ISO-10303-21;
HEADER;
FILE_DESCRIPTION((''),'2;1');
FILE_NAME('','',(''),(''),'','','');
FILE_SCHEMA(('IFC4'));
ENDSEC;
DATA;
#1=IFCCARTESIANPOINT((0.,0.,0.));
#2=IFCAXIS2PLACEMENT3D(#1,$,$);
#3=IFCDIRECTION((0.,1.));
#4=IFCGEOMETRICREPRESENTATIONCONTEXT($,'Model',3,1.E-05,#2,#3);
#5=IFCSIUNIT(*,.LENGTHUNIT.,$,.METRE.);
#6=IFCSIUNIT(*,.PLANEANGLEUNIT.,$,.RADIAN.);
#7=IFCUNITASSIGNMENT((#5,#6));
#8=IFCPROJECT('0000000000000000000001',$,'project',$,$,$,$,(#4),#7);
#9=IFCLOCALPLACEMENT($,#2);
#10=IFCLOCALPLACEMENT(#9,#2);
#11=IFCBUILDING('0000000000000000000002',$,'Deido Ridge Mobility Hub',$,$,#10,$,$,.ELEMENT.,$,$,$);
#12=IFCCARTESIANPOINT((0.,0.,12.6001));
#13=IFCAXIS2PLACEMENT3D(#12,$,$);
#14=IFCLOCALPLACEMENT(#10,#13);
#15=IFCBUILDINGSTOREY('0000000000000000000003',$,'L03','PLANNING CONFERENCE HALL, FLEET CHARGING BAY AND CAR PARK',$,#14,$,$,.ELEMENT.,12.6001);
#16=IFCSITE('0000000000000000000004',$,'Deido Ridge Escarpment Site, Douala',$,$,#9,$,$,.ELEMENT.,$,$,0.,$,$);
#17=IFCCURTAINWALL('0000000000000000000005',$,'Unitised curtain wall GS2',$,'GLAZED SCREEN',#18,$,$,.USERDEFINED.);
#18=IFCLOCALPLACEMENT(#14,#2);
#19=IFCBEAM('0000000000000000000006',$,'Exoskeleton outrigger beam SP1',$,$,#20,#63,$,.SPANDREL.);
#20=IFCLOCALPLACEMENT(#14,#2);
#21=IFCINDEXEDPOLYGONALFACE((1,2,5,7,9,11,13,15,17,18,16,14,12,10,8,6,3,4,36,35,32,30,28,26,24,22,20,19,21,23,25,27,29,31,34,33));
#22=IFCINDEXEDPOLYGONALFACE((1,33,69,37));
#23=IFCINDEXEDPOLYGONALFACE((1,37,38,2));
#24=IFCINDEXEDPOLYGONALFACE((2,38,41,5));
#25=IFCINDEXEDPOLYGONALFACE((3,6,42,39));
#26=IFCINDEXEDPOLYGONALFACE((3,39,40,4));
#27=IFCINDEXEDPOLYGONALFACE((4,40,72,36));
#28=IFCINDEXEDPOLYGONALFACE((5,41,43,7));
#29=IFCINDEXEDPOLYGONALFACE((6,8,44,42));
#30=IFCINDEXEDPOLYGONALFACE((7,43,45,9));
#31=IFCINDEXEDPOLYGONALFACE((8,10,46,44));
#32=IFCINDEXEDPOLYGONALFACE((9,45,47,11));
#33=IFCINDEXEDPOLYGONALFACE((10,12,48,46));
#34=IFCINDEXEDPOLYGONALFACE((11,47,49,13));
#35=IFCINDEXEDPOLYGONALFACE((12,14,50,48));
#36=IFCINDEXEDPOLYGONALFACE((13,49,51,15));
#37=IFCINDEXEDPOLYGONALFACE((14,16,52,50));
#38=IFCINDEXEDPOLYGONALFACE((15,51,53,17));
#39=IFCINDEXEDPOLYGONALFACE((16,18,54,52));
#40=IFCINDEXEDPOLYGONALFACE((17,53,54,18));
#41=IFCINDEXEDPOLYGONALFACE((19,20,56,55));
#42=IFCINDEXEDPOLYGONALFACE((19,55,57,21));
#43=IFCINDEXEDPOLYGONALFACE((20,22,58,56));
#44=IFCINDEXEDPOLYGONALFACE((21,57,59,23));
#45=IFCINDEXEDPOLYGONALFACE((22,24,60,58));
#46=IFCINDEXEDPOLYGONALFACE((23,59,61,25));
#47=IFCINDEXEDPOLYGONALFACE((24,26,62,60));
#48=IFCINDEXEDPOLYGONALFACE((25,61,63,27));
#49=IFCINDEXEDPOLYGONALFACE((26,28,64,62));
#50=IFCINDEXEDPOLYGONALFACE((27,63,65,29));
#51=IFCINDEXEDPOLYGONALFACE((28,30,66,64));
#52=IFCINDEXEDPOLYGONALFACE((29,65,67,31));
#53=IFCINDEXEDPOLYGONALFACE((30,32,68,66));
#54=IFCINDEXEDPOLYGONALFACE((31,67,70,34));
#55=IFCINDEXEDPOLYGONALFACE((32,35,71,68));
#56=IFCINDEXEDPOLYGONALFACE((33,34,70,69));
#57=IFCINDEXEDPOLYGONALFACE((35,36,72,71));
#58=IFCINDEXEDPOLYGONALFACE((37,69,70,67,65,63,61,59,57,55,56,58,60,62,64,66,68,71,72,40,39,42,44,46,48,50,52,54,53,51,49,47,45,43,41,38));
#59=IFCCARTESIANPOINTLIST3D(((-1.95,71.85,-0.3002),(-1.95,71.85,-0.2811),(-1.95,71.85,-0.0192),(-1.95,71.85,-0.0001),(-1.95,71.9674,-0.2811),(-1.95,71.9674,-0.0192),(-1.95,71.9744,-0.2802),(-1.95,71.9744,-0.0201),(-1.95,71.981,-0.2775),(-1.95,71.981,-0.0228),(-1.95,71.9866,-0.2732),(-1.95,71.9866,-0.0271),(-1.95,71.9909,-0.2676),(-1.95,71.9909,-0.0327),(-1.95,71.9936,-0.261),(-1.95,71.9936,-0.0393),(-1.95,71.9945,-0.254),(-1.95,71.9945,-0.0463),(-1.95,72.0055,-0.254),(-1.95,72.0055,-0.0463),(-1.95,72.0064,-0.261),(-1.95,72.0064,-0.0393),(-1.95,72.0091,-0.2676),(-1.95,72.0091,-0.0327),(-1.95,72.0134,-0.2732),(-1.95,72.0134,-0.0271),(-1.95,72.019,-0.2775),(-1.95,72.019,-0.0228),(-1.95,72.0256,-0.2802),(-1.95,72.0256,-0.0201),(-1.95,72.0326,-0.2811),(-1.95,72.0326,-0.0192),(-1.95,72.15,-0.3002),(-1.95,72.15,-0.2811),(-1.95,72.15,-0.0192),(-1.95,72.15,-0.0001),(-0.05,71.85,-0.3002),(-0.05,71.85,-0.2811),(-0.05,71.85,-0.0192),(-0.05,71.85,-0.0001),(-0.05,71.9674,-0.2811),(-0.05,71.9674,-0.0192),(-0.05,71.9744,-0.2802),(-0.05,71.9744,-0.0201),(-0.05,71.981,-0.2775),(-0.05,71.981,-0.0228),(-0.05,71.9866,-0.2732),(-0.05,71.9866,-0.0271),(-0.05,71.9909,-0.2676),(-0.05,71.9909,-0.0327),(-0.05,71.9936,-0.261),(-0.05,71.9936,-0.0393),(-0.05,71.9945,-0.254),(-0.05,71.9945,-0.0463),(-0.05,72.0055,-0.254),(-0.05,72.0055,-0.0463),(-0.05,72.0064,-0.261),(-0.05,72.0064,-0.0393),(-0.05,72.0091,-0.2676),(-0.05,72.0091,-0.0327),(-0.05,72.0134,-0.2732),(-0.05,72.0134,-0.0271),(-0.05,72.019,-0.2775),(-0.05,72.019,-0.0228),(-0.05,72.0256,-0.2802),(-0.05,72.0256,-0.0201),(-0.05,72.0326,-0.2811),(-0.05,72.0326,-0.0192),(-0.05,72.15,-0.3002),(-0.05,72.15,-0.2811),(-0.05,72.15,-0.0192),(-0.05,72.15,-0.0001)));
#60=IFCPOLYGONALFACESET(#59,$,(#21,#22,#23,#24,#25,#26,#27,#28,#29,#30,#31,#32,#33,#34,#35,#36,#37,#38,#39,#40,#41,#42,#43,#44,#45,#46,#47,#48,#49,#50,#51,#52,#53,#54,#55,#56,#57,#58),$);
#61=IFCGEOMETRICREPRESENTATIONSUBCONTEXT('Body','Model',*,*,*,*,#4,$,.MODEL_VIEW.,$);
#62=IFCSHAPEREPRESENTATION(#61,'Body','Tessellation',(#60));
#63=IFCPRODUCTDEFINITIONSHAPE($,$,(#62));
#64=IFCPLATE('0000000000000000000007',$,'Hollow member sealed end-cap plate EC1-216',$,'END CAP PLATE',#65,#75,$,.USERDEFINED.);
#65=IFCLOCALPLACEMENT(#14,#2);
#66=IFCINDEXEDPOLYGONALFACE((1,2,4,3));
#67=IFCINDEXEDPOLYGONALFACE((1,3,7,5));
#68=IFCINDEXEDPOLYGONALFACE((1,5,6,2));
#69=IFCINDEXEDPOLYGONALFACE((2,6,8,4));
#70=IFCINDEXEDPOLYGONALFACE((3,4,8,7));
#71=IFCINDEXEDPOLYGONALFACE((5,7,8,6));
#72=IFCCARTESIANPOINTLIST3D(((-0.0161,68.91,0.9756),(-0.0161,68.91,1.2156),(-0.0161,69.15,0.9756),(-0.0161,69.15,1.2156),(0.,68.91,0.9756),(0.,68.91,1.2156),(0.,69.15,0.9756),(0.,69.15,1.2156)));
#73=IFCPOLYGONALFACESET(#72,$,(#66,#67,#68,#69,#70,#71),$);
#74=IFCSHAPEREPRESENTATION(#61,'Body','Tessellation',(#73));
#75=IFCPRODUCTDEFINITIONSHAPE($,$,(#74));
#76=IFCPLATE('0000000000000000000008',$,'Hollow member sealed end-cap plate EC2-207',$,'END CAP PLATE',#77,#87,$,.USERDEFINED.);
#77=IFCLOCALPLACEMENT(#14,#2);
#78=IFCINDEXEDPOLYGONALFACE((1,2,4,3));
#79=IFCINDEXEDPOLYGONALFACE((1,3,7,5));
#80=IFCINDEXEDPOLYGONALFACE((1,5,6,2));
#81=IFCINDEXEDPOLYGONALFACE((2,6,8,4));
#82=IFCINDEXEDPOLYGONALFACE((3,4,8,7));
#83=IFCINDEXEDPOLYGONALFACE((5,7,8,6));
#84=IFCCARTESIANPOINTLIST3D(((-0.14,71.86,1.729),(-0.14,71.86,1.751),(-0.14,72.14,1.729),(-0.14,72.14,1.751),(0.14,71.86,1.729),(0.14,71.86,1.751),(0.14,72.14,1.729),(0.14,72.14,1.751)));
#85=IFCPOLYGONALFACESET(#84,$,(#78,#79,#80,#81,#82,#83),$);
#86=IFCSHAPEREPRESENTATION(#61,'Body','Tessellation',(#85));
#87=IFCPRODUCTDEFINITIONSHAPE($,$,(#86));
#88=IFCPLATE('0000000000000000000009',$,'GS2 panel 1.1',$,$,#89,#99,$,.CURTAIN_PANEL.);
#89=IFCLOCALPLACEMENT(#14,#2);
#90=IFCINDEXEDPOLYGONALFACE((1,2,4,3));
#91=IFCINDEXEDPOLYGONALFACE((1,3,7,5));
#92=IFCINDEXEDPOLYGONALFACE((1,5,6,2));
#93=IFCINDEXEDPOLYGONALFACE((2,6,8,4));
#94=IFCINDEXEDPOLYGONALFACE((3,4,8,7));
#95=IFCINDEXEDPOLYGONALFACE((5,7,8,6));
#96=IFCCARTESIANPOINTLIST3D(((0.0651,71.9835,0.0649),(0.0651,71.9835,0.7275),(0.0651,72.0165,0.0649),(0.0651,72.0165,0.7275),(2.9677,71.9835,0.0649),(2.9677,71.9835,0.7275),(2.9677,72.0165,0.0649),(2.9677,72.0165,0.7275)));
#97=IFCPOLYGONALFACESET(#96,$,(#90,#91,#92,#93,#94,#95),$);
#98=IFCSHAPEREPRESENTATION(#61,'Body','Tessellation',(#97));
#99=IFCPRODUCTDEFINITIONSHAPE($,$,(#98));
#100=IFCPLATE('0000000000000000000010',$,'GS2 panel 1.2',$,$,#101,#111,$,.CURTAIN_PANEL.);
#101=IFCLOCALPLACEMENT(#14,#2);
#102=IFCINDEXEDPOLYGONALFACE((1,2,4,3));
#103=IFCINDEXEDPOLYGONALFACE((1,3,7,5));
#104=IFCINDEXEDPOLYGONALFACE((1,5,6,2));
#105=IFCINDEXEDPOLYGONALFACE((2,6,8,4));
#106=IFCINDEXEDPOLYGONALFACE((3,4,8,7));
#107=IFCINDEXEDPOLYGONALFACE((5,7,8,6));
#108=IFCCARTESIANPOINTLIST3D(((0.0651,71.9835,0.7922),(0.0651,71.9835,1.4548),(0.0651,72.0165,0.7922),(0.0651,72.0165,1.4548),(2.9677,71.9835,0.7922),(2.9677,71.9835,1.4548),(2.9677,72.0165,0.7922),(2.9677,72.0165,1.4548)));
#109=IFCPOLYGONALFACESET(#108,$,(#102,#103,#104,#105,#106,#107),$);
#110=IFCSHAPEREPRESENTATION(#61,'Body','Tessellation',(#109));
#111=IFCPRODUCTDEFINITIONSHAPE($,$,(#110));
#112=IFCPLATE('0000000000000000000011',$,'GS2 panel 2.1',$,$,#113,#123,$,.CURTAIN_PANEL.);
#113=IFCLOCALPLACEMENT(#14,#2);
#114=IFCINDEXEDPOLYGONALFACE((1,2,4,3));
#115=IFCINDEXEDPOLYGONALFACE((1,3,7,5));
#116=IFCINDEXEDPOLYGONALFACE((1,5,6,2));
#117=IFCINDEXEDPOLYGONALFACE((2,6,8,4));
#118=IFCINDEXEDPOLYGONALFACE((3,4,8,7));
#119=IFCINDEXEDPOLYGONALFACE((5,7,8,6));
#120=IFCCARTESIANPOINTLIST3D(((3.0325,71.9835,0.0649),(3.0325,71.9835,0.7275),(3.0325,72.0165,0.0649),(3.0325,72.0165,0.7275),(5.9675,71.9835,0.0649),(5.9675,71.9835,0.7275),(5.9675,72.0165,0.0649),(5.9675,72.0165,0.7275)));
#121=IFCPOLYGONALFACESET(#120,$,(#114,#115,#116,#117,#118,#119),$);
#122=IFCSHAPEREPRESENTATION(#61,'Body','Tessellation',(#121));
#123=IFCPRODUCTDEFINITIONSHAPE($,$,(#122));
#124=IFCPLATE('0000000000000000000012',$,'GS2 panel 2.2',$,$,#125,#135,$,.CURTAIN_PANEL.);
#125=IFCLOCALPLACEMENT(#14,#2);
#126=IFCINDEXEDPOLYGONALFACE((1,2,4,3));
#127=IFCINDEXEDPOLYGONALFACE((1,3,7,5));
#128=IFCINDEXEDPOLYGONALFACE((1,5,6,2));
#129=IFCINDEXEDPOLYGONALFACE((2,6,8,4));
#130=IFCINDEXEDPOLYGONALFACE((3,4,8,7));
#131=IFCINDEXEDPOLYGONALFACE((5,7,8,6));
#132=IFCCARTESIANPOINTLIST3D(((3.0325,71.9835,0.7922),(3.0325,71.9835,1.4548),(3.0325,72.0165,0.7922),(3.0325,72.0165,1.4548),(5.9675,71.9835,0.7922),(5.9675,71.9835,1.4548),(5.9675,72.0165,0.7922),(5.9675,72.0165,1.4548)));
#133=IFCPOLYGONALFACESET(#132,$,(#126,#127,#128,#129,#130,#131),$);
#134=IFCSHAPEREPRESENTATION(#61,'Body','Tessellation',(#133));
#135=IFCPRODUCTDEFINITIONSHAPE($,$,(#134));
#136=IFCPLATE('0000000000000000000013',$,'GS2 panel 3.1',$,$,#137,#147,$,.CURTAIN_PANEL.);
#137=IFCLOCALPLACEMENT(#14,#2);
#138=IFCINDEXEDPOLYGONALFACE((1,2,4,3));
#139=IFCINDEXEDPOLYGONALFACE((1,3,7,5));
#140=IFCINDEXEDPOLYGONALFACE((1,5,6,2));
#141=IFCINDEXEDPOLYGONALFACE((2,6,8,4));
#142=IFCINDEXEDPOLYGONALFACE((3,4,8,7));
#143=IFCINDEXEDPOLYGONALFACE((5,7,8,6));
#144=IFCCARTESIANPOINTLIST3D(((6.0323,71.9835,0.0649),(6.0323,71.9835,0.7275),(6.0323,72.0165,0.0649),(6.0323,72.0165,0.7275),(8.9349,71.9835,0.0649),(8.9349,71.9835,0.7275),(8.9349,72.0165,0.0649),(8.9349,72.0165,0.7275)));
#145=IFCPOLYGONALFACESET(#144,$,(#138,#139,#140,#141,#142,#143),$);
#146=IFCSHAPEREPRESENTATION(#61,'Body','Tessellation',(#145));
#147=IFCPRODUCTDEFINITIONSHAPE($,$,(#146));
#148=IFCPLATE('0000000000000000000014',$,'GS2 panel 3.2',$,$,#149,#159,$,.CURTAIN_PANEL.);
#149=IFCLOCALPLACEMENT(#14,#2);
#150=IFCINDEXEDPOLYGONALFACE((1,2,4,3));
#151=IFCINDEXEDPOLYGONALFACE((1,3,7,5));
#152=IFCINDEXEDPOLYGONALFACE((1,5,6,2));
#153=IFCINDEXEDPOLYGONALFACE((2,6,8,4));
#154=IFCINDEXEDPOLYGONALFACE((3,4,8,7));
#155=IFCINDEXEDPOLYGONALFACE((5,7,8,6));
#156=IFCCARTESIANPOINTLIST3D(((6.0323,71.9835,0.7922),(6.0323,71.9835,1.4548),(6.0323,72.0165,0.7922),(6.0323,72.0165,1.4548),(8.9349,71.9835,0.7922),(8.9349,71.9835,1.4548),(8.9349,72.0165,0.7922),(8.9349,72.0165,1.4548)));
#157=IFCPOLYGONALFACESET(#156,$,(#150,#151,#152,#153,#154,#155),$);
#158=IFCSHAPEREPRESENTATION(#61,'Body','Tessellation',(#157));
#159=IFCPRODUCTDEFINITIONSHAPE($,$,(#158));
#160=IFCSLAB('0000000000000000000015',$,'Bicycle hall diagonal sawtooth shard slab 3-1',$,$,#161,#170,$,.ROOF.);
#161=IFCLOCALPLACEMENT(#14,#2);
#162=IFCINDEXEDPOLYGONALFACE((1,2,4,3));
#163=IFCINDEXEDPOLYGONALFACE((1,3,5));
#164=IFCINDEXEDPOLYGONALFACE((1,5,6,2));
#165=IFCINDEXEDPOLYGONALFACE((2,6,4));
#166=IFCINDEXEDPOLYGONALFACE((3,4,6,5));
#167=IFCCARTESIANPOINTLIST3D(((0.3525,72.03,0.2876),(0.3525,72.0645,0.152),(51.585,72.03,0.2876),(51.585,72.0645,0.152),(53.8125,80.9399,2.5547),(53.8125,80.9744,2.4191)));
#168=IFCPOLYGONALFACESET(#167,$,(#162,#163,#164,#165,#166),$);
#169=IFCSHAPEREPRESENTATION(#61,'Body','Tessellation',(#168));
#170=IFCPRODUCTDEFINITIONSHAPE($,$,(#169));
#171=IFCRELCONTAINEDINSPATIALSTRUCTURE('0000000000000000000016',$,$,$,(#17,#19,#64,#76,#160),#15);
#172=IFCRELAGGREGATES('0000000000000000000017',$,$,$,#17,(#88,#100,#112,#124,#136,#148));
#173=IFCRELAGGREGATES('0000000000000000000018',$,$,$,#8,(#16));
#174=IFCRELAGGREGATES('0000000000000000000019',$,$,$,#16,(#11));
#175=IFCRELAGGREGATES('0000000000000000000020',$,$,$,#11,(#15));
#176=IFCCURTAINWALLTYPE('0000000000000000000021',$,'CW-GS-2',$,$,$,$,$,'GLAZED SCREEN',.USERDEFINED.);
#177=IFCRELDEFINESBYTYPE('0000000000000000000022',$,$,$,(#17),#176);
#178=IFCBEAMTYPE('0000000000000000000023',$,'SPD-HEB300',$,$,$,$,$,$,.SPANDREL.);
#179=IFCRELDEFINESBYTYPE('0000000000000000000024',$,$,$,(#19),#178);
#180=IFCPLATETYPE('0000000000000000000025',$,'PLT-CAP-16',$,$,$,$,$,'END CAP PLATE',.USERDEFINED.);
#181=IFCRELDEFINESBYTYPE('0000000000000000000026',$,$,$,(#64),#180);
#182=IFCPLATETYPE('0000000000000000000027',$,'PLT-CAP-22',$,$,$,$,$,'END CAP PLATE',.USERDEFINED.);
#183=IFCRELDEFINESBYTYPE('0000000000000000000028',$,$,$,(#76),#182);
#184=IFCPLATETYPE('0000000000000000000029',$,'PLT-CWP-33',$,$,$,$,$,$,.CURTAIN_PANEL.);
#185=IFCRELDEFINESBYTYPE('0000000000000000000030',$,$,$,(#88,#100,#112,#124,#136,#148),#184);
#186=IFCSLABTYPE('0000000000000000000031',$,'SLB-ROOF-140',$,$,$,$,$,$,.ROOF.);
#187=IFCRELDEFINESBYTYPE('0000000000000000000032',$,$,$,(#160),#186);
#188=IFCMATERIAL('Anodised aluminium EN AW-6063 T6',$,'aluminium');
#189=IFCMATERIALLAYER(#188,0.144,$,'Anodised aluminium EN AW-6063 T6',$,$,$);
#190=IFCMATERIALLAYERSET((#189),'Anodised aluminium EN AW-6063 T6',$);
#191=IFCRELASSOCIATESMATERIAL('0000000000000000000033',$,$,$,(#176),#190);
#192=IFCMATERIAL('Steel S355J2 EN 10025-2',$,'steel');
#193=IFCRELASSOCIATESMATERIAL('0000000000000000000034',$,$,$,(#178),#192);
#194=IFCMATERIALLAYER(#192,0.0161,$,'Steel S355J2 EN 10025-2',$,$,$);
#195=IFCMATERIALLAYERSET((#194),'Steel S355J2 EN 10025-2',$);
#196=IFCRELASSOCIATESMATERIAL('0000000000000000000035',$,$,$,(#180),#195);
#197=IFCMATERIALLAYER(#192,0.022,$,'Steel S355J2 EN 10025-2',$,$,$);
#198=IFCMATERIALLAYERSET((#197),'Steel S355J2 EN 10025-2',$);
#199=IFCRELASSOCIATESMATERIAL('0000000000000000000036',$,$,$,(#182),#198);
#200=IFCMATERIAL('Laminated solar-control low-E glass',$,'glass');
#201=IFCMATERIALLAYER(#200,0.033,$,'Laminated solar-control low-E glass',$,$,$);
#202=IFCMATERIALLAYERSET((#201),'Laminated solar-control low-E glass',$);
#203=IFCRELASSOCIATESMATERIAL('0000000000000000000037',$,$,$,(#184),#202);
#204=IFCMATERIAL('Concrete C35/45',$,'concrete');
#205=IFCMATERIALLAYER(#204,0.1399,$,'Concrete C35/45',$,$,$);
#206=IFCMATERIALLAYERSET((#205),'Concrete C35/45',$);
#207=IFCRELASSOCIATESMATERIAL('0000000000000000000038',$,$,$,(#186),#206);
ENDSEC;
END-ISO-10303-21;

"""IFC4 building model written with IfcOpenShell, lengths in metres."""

from ifc_helpers import new_model, si_unit, direction, frame, origin, origin_2d, place, context, subcontext, project, spatial, polyline, rectangle, i_section, outline, extrude, material, layer, layer_set, material_profile, profile_set, type_object, element, aggregate, save


model = new_model("IFC4")

# Units and contexts
model_context = context("Model", 3, precision=1e-05, world=origin(), true_north=direction((0.0, 1.0)))
body_context = subcontext(model_context, "Body", "Model", "MODEL_VIEW")
ifc_project = project(units=[si_unit("LENGTHUNIT", "METRE"), si_unit("PLANEANGLEUNIT", "RADIAN")], contexts=[model_context])

# Site, building, storey
site_placement = place(None, origin())
site = spatial("IfcSite", under=ifc_project, at=site_placement, Name="Deido Ridge Escarpment Site, Douala", CompositionType="ELEMENT", RefElevation=0.0)
building_placement = place(site_placement, origin())
building = spatial("IfcBuilding", under=site, at=building_placement, Name="Deido Ridge Mobility Hub", CompositionType="ELEMENT")
storey_placement = place(building_placement, frame((0.0, 0.0, 12.6001)))
storey = spatial("IfcBuildingStorey", under=building, at=storey_placement, Name="L03", Description="PLANNING CONFERENCE HALL, FLEET CHARGING BAY AND CAR PARK", CompositionType="ELEMENT", Elevation=12.6001)

# Curtain wall
ifc_material_1 = material(Name="Anodised aluminium EN AW-6063 T6", Category="aluminium")
ifc_layer_1 = layer(ifc_material_1, 0.144, Name="Anodised aluminium EN AW-6063 T6")
ifc_layer_set_1 = layer_set([ifc_layer_1], Name="Anodised aluminium EN AW-6063 T6")
curtain_wall_type = type_object("IfcCurtainWallType", Name="CW-GS-2", ElementType="GLAZED SCREEN", PredefinedType="USERDEFINED", material=ifc_layer_set_1)
curtain_wall_placement = place(storey_placement, origin())
curtain_wall = element("IfcCurtainWall", 1, at=curtain_wall_placement, inside=storey, type_object=curtain_wall_type, Name="Unitised curtain wall GS2", ObjectType="GLAZED SCREEN", PredefinedType="USERDEFINED")

# Beam
ifc_material_2 = material(Name="Steel S355J2 EN 10025-2", Category="steel")
ifc_material_profile_1 = material_profile(ifc_material_2, i_section(OverallWidth=0.3, OverallDepth=0.3, WebThickness=0.011, FlangeThickness=0.019, FilletRadius=0.0271, at=origin_2d()), Name="HEB 300")
ifc_profile_set_1 = profile_set([ifc_material_profile_1], Name="Steel S355J2 EN 10025-2")
beam_type_1 = type_object("IfcBeamType", Name="SPD-HEB300", PredefinedType="SPANDREL", material=ifc_profile_set_1)
beam_1_placement = place(storey_placement, frame((-0.05, 72.0, -0.1501), z_axis=(-1.0, 0.0, 0.0), x_axis=(0.0, -1.0, 0.0)))
element("IfcBeam", 2, at=beam_1_placement, inside=storey, type_object=beam_type_1, Name="Exoskeleton outrigger beam SP1", PredefinedType="SPANDREL", context=body_context, shape_type="SweptSolid", body=[
    extrude(i_section(OverallWidth=0.3, OverallDepth=0.3, WebThickness=0.011, FlangeThickness=0.019, FilletRadius=0.0271, at=origin_2d()), origin(), (0.0, 0.0, 1.0), 1.8999),
])

# Plates
ifc_layer_2 = layer(ifc_material_2, 0.0161, Name="Steel S355J2 EN 10025-2")
ifc_layer_set_2 = layer_set([ifc_layer_2], Name="Steel S355J2 EN 10025-2")
plate_type_1 = type_object("IfcPlateType", Name="PLT-CAP-16", ElementType="END CAP PLATE", PredefinedType="USERDEFINED", material=ifc_layer_set_2)
plate_1_placement = place(storey_placement, frame((-0.0081, 69.03, 0.9756), z_axis=(0.0, 0.0, 1.0), x_axis=(1.0, 0.0, 0.0)))
element("IfcPlate", 3, at=plate_1_placement, inside=storey, type_object=plate_type_1, Name="Hollow member sealed end-cap plate EC1-216", ObjectType="END CAP PLATE", PredefinedType="USERDEFINED", context=body_context, shape_type="SweptSolid", body=[
    extrude(rectangle(XDim=0.0161, YDim=0.24, at=origin_2d()), origin(), (0.0, 0.0, 1.0), 0.24),
])
ifc_layer_3 = layer(ifc_material_2, 0.022, Name="Steel S355J2 EN 10025-2")
ifc_layer_set_3 = layer_set([ifc_layer_3], Name="Steel S355J2 EN 10025-2")
plate_type_2 = type_object("IfcPlateType", Name="PLT-CAP-22", ElementType="END CAP PLATE", PredefinedType="USERDEFINED", material=ifc_layer_set_3)
plate_2_placement = place(storey_placement, frame((0.0, 72.0, 1.729), z_axis=(0.0, 0.0, 1.0), x_axis=(1.0, 0.0, 0.0)))
element("IfcPlate", 4, at=plate_2_placement, inside=storey, type_object=plate_type_2, Name="Hollow member sealed end-cap plate EC2-207", ObjectType="END CAP PLATE", PredefinedType="USERDEFINED", context=body_context, shape_type="SweptSolid", body=[
    extrude(rectangle(XDim=0.28, YDim=0.28, at=origin_2d()), origin(), (0.0, 0.0, 1.0), 0.022),
])

# Plates
ifc_material_3 = material(Name="Laminated solar-control low-E glass", Category="glass")
ifc_layer_4 = layer(ifc_material_3, 0.033, Name="Laminated solar-control low-E glass")
ifc_layer_set_4 = layer_set([ifc_layer_4], Name="Laminated solar-control low-E glass")
plate_type_3 = type_object("IfcPlateType", Name="PLT-CWP-33", PredefinedType="CURTAIN_PANEL", material=ifc_layer_set_4)
plate_3_placement = place(storey_placement, frame((1.5164, 72.0, 0.0649), z_axis=(0.0, 0.0, 1.0), x_axis=(1.0, 0.0, 0.0)))
plate_3 = element("IfcPlate", 5, at=plate_3_placement, type_object=plate_type_3, Name="GS2 panel 1.1", PredefinedType="CURTAIN_PANEL", context=body_context, shape_type="SweptSolid", body=[
    extrude(rectangle(XDim=2.9026, YDim=0.033, at=origin_2d()), origin(), (0.0, 0.0, 1.0), 0.6626),
])
plate_4_placement = place(storey_placement, frame((1.5164, 72.0, 0.7922), z_axis=(0.0, 0.0, 1.0), x_axis=(1.0, 0.0, 0.0)))
plate_4 = element("IfcPlate", 6, at=plate_4_placement, type_object=plate_type_3, Name="GS2 panel 1.2", PredefinedType="CURTAIN_PANEL", context=body_context, shape_type="SweptSolid", body=[
    extrude(rectangle(XDim=2.9026, YDim=0.033, at=origin_2d()), origin(), (0.0, 0.0, 1.0), 0.6626),
])
plate_5_placement = place(storey_placement, frame((4.5, 72.0, 0.0649), z_axis=(0.0, 0.0, 1.0), x_axis=(1.0, 0.0, 0.0)))
plate_5 = element("IfcPlate", 7, at=plate_5_placement, type_object=plate_type_3, Name="GS2 panel 2.1", PredefinedType="CURTAIN_PANEL", context=body_context, shape_type="SweptSolid", body=[
    extrude(rectangle(XDim=2.9351, YDim=0.033, at=origin_2d()), origin(), (0.0, 0.0, 1.0), 0.6626),
])
plate_6_placement = place(storey_placement, frame((4.5, 72.0, 0.7922), z_axis=(0.0, 0.0, 1.0), x_axis=(1.0, 0.0, 0.0)))
plate_6 = element("IfcPlate", 8, at=plate_6_placement, type_object=plate_type_3, Name="GS2 panel 2.2", PredefinedType="CURTAIN_PANEL", context=body_context, shape_type="SweptSolid", body=[
    extrude(rectangle(XDim=2.9351, YDim=0.033, at=origin_2d()), origin(), (0.0, 0.0, 1.0), 0.6626),
])
plate_7_placement = place(storey_placement, frame((7.4836, 72.0, 0.0649), z_axis=(0.0, 0.0, 1.0), x_axis=(1.0, 0.0, 0.0)))
plate_7 = element("IfcPlate", 9, at=plate_7_placement, type_object=plate_type_3, Name="GS2 panel 3.1", PredefinedType="CURTAIN_PANEL", context=body_context, shape_type="SweptSolid", body=[
    extrude(rectangle(XDim=2.9026, YDim=0.033, at=origin_2d()), origin(), (0.0, 0.0, 1.0), 0.6626),
])
plate_8_placement = place(storey_placement, frame((7.4836, 72.0, 0.7922), z_axis=(0.0, 0.0, 1.0), x_axis=(1.0, 0.0, 0.0)))
plate_8 = element("IfcPlate", 10, at=plate_8_placement, type_object=plate_type_3, Name="GS2 panel 3.2", PredefinedType="CURTAIN_PANEL", context=body_context, shape_type="SweptSolid", body=[
    extrude(rectangle(XDim=2.9026, YDim=0.033, at=origin_2d()), origin(), (0.0, 0.0, 1.0), 0.6626),
])
aggregate(curtain_wall, [plate_3, plate_4, plate_5, plate_6, plate_7, plate_8])

# Slab
ifc_material_4 = material(Name="Concrete C35/45", Category="concrete")
ifc_layer_5 = layer(ifc_material_4, 0.1399, Name="Concrete C35/45")
ifc_layer_set_5 = layer_set([ifc_layer_5], Name="Concrete C35/45")
slab_type = type_object("IfcSlabType", Name="SLB-ROOF-140", PredefinedType="ROOF", material=ifc_layer_set_5)
slab_placement = place(storey_placement, frame((0.3525, 72.03, 0.2876), z_axis=(0.0, -0.246589, 0.96912), x_axis=(1.0, 0.0, 0.0)))
element("IfcSlab", 11, at=slab_placement, inside=storey, type_object=slab_type, Name="Bicycle hall diagonal sawtooth shard slab 3-1", PredefinedType="ROOF", context=body_context, shape_type="SweptSolid", body=[
    extrude(outline(polyline([(0.0, 0.0), (51.2324, 0.0), (53.46, 9.1938), (0.0, 0.0)])), origin(), (0.0, 0.0, -1.0), 0.1399),
])

save(model, "model.ifc")
